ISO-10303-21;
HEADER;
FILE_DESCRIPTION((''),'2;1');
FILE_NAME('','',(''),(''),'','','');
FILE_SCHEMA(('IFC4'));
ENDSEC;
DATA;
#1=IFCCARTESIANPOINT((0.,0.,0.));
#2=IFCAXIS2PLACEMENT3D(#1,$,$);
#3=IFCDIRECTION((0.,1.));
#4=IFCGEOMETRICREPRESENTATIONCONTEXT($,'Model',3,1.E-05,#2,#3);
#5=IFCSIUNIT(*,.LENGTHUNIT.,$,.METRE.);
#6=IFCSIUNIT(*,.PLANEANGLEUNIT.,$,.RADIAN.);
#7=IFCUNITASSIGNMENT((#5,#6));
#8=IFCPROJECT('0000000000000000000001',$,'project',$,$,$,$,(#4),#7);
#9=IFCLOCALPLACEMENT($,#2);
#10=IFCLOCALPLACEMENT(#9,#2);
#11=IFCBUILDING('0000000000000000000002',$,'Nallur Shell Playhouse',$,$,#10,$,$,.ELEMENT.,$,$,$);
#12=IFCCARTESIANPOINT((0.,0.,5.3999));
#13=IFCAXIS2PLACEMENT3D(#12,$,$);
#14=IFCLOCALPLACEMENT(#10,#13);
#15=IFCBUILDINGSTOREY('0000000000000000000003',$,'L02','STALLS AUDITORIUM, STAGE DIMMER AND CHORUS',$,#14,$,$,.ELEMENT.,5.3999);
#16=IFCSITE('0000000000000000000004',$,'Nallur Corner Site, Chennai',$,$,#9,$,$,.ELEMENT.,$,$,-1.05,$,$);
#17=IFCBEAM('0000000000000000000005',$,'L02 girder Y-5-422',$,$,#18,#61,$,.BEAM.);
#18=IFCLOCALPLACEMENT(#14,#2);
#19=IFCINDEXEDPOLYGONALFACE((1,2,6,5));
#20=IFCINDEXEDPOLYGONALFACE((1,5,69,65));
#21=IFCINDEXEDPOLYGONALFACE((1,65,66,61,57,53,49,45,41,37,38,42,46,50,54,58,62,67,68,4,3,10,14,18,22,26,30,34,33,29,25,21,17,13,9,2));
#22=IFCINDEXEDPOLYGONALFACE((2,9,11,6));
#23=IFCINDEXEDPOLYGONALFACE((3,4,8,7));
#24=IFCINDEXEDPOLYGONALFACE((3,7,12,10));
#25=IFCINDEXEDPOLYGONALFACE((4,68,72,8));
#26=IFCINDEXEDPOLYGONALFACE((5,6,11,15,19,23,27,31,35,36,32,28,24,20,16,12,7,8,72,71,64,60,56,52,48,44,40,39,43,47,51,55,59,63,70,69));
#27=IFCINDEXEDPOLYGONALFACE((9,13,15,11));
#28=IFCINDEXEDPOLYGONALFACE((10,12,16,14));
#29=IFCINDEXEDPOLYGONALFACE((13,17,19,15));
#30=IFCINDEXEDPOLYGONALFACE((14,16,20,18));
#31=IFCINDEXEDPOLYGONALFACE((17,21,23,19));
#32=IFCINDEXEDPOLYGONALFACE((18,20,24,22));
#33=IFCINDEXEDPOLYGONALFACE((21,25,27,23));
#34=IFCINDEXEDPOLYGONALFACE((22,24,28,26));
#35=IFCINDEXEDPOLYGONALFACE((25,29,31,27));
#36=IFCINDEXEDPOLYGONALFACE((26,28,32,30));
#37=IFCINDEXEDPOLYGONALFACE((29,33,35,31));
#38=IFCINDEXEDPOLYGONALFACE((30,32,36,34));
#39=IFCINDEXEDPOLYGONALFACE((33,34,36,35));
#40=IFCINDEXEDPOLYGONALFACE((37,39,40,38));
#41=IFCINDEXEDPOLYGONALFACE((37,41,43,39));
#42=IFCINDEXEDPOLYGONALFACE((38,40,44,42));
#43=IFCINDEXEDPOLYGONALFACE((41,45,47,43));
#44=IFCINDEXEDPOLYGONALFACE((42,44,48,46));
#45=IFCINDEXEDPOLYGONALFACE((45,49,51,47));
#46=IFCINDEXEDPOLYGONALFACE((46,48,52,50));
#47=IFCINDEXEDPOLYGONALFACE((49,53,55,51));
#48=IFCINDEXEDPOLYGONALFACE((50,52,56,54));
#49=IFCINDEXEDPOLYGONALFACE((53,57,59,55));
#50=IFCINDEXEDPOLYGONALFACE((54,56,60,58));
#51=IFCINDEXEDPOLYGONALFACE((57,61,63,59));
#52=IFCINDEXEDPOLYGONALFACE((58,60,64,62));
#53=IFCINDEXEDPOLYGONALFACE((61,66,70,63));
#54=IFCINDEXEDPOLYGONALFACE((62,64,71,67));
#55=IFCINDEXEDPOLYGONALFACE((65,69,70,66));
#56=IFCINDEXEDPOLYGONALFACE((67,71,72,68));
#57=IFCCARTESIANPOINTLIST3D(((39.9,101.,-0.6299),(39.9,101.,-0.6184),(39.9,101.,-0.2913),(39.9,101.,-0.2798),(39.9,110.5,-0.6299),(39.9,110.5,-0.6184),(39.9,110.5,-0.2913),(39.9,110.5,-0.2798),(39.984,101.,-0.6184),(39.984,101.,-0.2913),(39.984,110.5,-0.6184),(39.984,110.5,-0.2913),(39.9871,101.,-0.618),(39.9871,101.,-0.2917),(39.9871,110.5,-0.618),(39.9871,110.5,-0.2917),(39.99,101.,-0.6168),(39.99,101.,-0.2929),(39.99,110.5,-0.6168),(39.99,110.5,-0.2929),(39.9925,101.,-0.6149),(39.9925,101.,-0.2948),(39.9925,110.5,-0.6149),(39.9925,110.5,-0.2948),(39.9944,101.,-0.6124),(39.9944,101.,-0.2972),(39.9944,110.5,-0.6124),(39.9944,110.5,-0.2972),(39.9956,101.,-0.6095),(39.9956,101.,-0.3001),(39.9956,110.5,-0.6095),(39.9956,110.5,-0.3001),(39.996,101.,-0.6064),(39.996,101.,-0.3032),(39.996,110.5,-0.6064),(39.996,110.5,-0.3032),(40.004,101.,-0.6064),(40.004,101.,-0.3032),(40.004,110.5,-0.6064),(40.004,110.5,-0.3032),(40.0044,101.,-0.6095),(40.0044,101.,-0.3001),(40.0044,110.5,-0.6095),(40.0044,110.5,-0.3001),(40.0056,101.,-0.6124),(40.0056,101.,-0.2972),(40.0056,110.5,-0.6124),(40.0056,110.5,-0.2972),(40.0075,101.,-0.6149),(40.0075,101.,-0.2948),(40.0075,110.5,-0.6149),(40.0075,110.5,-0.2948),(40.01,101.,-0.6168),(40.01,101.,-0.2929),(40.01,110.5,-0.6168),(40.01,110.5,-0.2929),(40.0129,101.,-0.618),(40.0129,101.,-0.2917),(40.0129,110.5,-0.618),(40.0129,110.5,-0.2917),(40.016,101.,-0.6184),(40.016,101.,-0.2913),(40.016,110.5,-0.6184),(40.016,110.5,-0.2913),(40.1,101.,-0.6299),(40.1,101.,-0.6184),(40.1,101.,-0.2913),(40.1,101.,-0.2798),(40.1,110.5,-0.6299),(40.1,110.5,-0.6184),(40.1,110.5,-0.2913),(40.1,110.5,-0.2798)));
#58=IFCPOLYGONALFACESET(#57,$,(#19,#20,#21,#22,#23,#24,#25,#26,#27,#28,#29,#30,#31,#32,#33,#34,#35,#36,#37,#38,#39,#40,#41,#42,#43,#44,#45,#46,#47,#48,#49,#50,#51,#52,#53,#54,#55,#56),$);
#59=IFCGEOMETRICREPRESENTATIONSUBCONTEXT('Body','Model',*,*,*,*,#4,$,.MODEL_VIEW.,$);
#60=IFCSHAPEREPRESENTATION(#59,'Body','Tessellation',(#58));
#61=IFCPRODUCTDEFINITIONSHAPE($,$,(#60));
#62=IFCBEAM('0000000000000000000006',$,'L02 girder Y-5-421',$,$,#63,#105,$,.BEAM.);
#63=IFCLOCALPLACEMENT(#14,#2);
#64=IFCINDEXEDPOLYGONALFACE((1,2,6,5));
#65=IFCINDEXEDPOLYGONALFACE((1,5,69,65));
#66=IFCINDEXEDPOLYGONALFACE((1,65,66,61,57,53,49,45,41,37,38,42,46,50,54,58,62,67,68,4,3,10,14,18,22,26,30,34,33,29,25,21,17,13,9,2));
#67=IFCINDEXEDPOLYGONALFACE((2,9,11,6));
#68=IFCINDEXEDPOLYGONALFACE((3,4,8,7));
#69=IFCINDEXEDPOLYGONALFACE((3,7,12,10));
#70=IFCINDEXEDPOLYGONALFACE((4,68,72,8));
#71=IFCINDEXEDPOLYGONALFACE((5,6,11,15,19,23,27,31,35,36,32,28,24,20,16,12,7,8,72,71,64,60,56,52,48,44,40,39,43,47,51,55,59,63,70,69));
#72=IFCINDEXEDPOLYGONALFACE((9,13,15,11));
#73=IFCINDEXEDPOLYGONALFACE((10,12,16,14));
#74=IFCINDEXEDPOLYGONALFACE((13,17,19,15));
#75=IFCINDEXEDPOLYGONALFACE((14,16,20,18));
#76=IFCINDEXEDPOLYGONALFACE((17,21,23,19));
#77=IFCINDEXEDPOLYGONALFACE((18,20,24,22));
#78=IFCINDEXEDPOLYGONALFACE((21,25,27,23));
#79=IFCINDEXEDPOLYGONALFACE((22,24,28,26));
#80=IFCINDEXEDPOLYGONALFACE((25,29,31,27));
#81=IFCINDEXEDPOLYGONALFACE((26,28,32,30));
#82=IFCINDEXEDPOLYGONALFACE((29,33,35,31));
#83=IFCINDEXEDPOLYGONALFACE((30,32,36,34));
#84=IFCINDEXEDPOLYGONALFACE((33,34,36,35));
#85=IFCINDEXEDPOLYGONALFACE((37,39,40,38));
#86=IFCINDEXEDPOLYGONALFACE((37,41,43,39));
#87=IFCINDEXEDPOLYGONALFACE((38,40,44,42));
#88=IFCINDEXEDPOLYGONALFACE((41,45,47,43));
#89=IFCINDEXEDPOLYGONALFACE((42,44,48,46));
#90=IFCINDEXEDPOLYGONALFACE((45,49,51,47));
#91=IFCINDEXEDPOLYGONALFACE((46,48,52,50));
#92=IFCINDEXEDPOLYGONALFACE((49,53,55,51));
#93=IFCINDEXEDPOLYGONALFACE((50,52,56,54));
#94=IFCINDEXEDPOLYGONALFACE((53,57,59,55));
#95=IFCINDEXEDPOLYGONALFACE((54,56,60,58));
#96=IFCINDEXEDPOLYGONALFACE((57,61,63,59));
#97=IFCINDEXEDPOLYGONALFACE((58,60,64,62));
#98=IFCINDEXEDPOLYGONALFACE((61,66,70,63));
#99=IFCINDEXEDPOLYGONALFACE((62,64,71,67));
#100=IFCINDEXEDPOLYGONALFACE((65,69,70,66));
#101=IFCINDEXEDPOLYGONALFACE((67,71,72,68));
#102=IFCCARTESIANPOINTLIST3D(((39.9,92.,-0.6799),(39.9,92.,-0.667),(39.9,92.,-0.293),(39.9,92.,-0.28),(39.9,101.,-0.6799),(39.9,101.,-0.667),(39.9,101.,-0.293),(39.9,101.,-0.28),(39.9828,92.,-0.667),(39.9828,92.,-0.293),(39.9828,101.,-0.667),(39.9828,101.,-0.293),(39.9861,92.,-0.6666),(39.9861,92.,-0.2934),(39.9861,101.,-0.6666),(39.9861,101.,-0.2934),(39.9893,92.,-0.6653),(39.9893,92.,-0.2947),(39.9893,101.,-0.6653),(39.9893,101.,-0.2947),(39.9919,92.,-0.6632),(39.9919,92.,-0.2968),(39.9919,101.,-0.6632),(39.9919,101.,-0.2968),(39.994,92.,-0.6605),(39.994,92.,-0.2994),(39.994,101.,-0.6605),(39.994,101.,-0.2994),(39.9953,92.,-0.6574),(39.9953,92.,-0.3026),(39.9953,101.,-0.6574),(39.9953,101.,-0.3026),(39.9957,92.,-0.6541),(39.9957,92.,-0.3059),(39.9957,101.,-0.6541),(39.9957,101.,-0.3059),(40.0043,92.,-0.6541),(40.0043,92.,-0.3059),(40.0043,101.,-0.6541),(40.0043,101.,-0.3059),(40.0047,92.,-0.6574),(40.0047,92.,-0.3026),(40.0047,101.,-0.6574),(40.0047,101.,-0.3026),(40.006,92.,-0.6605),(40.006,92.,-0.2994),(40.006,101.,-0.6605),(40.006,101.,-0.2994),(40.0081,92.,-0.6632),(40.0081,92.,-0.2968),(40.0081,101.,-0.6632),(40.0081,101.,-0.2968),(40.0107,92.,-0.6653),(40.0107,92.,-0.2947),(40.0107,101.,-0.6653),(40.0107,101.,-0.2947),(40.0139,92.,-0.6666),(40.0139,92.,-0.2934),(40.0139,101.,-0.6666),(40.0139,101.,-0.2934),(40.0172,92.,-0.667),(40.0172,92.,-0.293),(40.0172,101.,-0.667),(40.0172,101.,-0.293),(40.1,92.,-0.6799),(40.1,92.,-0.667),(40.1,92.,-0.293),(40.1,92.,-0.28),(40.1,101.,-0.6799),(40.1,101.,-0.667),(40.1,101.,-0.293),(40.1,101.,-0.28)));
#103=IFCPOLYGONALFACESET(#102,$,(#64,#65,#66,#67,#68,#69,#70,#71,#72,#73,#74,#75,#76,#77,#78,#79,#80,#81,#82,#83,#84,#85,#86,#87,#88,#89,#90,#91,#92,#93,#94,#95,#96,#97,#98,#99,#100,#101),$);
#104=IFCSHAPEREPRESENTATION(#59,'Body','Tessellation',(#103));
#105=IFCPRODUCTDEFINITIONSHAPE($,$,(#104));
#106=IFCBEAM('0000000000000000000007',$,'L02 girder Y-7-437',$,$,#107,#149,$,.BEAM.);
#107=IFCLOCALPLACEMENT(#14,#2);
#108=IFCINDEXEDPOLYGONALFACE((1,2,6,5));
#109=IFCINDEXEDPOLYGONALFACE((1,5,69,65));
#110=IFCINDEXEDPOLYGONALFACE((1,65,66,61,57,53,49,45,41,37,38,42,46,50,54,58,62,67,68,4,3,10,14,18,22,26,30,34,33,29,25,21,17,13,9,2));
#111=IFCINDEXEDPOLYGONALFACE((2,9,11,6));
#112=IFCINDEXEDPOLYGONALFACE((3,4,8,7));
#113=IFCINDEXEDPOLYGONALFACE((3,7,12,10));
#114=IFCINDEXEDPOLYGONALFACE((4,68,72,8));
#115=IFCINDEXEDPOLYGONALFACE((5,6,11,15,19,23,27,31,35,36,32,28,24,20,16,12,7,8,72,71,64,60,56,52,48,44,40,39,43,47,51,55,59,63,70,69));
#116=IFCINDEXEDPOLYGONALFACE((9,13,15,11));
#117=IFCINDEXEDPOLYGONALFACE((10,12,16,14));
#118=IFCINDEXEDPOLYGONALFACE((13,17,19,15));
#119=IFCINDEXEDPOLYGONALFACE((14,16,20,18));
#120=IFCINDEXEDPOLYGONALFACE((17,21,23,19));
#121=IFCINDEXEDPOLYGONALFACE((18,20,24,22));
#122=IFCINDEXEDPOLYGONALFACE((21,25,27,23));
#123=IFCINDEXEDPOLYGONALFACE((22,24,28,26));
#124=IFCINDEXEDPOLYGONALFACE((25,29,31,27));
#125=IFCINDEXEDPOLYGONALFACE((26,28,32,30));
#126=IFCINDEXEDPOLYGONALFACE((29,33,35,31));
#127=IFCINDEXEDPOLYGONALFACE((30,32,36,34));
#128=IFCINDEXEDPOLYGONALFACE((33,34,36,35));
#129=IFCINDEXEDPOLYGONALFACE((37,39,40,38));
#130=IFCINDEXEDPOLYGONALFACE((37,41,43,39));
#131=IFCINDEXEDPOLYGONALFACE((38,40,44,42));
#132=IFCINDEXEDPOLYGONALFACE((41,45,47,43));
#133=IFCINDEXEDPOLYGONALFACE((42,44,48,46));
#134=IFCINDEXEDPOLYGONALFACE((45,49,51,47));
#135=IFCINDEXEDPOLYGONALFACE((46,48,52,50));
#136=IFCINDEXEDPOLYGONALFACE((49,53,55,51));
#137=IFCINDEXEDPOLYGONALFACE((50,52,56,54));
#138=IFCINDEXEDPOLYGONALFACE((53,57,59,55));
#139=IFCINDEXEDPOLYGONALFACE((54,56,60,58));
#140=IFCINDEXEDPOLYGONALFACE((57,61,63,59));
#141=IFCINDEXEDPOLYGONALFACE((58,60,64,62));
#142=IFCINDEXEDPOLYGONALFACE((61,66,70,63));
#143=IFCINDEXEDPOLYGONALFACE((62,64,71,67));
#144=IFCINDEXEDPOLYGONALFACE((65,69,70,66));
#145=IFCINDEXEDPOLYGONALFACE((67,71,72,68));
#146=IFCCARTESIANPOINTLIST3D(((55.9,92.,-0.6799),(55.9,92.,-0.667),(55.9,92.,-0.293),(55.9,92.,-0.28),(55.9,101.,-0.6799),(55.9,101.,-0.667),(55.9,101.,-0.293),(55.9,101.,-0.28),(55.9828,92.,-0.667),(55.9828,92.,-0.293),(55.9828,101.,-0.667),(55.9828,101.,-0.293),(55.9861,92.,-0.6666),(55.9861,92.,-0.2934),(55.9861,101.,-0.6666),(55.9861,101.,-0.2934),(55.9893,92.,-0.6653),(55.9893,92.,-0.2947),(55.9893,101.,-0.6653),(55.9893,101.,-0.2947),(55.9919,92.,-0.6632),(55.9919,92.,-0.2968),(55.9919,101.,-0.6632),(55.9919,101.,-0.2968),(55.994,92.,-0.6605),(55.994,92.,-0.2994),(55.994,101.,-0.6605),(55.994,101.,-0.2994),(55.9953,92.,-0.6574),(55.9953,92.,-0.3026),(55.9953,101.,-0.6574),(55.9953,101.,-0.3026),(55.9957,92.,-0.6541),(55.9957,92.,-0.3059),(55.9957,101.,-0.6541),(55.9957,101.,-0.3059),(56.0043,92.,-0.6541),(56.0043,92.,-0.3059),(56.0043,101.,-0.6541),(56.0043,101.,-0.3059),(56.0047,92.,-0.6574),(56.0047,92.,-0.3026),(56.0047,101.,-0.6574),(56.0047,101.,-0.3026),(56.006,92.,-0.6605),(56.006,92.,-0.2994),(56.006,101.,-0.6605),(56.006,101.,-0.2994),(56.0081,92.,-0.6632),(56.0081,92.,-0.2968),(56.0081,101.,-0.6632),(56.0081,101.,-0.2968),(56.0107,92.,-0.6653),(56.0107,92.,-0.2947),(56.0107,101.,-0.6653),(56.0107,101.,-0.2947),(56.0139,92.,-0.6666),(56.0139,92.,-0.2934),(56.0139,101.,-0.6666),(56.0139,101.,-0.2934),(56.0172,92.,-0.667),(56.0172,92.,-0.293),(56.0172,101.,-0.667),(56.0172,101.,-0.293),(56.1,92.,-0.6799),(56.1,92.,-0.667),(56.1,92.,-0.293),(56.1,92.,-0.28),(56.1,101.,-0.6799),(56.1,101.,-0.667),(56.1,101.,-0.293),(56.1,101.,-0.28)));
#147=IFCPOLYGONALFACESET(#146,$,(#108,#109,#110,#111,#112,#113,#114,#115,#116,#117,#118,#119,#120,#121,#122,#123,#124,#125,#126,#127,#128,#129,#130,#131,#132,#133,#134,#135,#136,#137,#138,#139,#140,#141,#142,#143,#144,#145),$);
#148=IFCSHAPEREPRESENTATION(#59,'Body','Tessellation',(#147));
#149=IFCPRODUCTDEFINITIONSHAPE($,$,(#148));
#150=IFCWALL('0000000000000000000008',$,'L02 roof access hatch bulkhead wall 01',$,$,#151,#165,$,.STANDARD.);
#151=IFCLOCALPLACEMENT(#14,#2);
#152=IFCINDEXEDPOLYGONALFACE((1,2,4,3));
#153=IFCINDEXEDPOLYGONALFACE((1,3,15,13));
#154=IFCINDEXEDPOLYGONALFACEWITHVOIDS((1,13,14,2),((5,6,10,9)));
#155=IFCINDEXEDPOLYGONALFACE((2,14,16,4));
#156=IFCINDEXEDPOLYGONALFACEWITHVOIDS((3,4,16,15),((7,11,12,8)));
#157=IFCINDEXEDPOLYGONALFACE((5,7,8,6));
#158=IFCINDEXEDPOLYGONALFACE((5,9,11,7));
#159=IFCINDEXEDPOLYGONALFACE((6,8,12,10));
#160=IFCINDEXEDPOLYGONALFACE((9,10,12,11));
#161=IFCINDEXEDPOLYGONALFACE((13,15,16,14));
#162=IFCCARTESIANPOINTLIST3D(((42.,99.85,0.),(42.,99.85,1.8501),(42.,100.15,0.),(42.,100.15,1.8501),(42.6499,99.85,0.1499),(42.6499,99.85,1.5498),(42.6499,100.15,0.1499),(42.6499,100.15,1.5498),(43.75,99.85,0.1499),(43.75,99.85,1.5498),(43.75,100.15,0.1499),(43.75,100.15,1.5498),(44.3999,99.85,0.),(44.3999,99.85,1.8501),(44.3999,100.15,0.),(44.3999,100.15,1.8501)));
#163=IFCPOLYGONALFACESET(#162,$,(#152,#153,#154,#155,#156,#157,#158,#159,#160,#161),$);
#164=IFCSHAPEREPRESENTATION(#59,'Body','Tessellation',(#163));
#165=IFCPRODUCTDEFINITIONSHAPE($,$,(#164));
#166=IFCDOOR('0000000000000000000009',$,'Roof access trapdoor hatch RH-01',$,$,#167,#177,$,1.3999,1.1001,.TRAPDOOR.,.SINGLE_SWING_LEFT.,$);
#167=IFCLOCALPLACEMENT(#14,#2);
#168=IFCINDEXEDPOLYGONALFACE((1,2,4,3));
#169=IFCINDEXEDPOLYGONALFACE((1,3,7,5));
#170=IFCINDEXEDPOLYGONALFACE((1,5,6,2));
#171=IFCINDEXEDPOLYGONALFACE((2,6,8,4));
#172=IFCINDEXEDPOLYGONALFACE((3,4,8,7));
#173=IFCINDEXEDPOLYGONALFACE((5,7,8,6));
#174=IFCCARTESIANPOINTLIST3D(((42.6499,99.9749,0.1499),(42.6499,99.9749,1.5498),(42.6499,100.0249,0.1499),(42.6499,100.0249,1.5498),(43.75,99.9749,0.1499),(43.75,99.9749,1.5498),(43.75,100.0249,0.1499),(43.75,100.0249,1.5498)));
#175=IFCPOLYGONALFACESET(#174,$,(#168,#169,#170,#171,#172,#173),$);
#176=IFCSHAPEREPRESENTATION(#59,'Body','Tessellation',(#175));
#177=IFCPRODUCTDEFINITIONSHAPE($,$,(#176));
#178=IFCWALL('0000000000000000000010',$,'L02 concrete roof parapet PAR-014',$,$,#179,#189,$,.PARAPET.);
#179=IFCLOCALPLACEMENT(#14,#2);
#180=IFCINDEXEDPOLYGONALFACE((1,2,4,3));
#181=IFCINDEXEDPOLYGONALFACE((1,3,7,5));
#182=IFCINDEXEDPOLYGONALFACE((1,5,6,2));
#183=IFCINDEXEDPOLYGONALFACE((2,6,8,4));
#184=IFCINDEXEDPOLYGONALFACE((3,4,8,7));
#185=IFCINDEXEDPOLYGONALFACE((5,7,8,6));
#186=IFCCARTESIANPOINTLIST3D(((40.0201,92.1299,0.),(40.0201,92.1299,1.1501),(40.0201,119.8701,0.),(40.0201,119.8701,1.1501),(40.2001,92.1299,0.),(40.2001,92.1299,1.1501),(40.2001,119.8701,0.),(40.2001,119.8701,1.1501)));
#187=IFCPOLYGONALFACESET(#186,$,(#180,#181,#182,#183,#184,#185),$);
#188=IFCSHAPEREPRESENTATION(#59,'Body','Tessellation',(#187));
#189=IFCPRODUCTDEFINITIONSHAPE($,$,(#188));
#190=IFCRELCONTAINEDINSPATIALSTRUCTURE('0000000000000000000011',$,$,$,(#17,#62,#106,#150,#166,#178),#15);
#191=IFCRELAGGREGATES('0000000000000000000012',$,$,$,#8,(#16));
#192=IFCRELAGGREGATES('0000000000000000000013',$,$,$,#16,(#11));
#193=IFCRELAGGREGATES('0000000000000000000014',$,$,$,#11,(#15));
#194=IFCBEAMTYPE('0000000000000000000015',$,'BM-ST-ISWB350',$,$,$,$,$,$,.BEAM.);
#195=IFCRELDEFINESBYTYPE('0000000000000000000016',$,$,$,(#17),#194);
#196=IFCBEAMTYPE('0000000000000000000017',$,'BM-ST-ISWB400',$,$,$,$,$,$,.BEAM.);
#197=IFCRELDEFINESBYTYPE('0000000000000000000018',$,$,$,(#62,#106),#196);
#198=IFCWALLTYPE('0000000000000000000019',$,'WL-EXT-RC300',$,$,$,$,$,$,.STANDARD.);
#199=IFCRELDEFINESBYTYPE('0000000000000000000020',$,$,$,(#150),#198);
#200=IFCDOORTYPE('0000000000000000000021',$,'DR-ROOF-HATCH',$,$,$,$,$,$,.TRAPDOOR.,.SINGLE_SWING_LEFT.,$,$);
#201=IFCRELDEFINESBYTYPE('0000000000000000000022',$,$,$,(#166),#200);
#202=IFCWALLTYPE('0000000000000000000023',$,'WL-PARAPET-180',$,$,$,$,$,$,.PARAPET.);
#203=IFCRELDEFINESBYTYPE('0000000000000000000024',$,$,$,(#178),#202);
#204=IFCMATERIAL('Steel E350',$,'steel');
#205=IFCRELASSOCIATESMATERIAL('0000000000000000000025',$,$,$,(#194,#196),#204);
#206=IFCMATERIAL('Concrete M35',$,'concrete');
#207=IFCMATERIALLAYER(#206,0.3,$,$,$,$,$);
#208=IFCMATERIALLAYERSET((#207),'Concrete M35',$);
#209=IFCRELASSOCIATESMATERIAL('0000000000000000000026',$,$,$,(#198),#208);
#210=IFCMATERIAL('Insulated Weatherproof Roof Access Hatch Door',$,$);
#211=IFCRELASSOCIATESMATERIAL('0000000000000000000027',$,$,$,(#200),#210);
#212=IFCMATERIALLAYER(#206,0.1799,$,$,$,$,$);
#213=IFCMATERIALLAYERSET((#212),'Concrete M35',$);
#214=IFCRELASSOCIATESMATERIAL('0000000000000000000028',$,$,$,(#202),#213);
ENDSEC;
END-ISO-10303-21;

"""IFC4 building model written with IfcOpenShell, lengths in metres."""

from ifc_helpers import new_model, si_unit, direction, frame, frame_2d, origin, origin_2d, place, context, subcontext, project, spatial, rectangle, i_section, extrude, material, layer, layer_set, material_profile, profile_set, type_object, element, fill, save


model = new_model("IFC4")

# Units and contexts
model_context = context("Model", 3, precision=1e-05, world=origin(), true_north=direction((0.0, 1.0)))
body_context = subcontext(model_context, "Body", "Model", "MODEL_VIEW")
ifc_project = project(units=[si_unit("LENGTHUNIT", "METRE"), si_unit("PLANEANGLEUNIT", "RADIAN")], contexts=[model_context])

# Site, building, storey
site_placement = place(None, origin())
site = spatial("IfcSite", under=ifc_project, at=site_placement, Name="Nallur Corner Site, Chennai", CompositionType="ELEMENT", RefElevation=-1.05)
building_placement = place(site_placement, origin())
building = spatial("IfcBuilding", under=site, at=building_placement, Name="Nallur Shell Playhouse", CompositionType="ELEMENT")
storey_placement = place(building_placement, frame((0.0, 0.0, 5.3999)))
storey = spatial("IfcBuildingStorey", under=building, at=storey_placement, Name="L02", Description="STALLS AUDITORIUM, STAGE DIMMER AND CHORUS", CompositionType="ELEMENT", Elevation=5.3999)

# Beams
ifc_material_1 = material(Name="Concrete M35", Category="concrete")
ifc_material_2 = material(Name="Steel E350", Category="steel")
ifc_material_profile_1 = material_profile(ifc_material_2, i_section(OverallWidth=0.2, OverallDepth=0.3501, WebThickness=0.0081, FlangeThickness=0.0115, FilletRadius=0.012, at=origin_2d()), Name="ISWB 350")
ifc_profile_set_1 = profile_set([ifc_material_profile_1], Name="Steel E350")
beam_type_1 = type_object("IfcBeamType", Name="BM-ST-ISWB350", PredefinedType="BEAM", material=ifc_profile_set_1)
beam_1_placement = place(storey_placement, frame((40.0, 101.0, -0.4548), z_axis=(0.0, 1.0, 0.0), x_axis=(-1.0, 0.0, 0.0)))
element("IfcBeam", 1, at=beam_1_placement, inside=storey, type_object=beam_type_1, Name="L02 girder Y-5-422", PredefinedType="BEAM", context=body_context, shape_type="SweptSolid", body=[
    extrude(i_section(OverallWidth=0.2, OverallDepth=0.3501, WebThickness=0.0081, FlangeThickness=0.0115, FilletRadius=0.012, at=origin_2d()), origin(), (0.0, 0.0, 1.0), 9.5),
])
ifc_material_profile_2 = material_profile(ifc_material_2, i_section(OverallWidth=0.2, OverallDepth=0.3999, WebThickness=0.0085, FlangeThickness=0.0129, FilletRadius=0.0129, at=origin_2d()), Name="ISWB 400")
ifc_profile_set_2 = profile_set([ifc_material_profile_2], Name="Steel E350")
beam_type_2 = type_object("IfcBeamType", Name="BM-ST-ISWB400", PredefinedType="BEAM", material=ifc_profile_set_2)
for number, where, z_axis, x_axis, name in (
    (2, (40.0, 92.0, -0.48), (0.0, 1.0, 0.0), (-1.0, 0.0, 0.0), "L02 girder Y-5-421"),
    (3, (56.0, 92.0, -0.48), (0.0, 1.0, 0.0), (-1.0, 0.0, 0.0), "L02 girder Y-7-437"),
):
    element("IfcBeam", number, at=place(storey_placement, frame(where, z_axis=z_axis, x_axis=x_axis)), inside=storey, type_object=beam_type_2, Name=name, PredefinedType="BEAM", context=body_context, shape_type="SweptSolid", body=[
        extrude(i_section(OverallWidth=0.2, OverallDepth=0.3999, WebThickness=0.0085, FlangeThickness=0.0129, FilletRadius=0.0129, at=origin_2d()), origin(), (0.0, 0.0, 1.0), 9.0),
    ])

# Wall, opening, door
ifc_layer_1 = layer(ifc_material_1, 0.3)
ifc_layer_set_1 = layer_set([ifc_layer_1], Name="Concrete M35")
wall_type_1 = type_object("IfcWallType", Name="WL-EXT-RC300", PredefinedType="STANDARD", material=ifc_layer_set_1)
wall_1_placement = place(storey_placement, frame((42.0, 100.0, 0.0), z_axis=(0.0, 0.0, 1.0), x_axis=(1.0, 0.0, 0.0)))
wall_1 = element("IfcWall", 4, at=wall_1_placement, inside=storey, type_object=wall_type_1, Name="L02 roof access hatch bulkhead wall 01", PredefinedType="STANDARD", context=body_context, shape_type="SweptSolid", body=[
    extrude(rectangle(XDim=2.3999, YDim=0.3, at=frame_2d((1.2, 0.0))), origin(), (0.0, 0.0, 1.0), 1.8501),
])
opening_placement = place(wall_1_placement, frame((0.6499, 0.0, 0.1499)))
opening = element("IfcOpeningElement", 5, at=opening_placement, cuts=wall_1, PredefinedType="OPENING", context=body_context, shape_type="SweptSolid", body=[
    extrude(rectangle(XDim=1.1001, YDim=1.3999, at=frame_2d((0.55, 0.7))), frame((0.0, 0.1602, 0.0), z_axis=(0.0, -1.0, 0.0), x_axis=(1.0, 0.0, 0.0)), (0.0, 0.0, 1.0), 0.3201),
])
ifc_material_3 = material(Name="Insulated Weatherproof Roof Access Hatch Door")
door_type = type_object("IfcDoorType", Name="DR-ROOF-HATCH", OperationType="SINGLE_SWING_LEFT", PredefinedType="TRAPDOOR", material=ifc_material_3)
door_placement = place(opening_placement, origin())
door = element("IfcDoor", 6, at=door_placement, inside=storey, type_object=door_type, Name="Roof access trapdoor hatch RH-01", OperationType="SINGLE_SWING_LEFT", OverallHeight=1.3999, OverallWidth=1.1001, PredefinedType="TRAPDOOR", context=body_context, shape_type="SweptSolid", body=[
    extrude(rectangle(XDim=1.1001, YDim=1.3999, at=frame_2d((0.55, 0.7))), frame((0.0, 0.0249, 0.0), z_axis=(0.0, -1.0, 0.0), x_axis=(1.0, 0.0, 0.0)), (0.0, 0.0, 1.0), 0.05),
])
fill(opening, door)

# Wall
ifc_layer_2 = layer(ifc_material_1, 0.1799)
ifc_layer_set_2 = layer_set([ifc_layer_2], Name="Concrete M35")
wall_type_2 = type_object("IfcWallType", Name="WL-PARAPET-180", PredefinedType="PARAPET", material=ifc_layer_set_2)
wall_2_placement = place(storey_placement, frame((40.1101, 92.1299, 0.0), z_axis=(0.0, 0.0, 1.0), x_axis=(0.0, 1.0, 0.0)))
element("IfcWall", 7, at=wall_2_placement, inside=storey, type_object=wall_type_2, Name="L02 concrete roof parapet PAR-014", PredefinedType="PARAPET", context=body_context, shape_type="SweptSolid", body=[
    extrude(rectangle(XDim=27.7402, YDim=0.1799, at=frame_2d((13.8701, 0.0))), origin(), (0.0, 0.0, 1.0), 1.1501),
])

save(model, "model.ifc")
